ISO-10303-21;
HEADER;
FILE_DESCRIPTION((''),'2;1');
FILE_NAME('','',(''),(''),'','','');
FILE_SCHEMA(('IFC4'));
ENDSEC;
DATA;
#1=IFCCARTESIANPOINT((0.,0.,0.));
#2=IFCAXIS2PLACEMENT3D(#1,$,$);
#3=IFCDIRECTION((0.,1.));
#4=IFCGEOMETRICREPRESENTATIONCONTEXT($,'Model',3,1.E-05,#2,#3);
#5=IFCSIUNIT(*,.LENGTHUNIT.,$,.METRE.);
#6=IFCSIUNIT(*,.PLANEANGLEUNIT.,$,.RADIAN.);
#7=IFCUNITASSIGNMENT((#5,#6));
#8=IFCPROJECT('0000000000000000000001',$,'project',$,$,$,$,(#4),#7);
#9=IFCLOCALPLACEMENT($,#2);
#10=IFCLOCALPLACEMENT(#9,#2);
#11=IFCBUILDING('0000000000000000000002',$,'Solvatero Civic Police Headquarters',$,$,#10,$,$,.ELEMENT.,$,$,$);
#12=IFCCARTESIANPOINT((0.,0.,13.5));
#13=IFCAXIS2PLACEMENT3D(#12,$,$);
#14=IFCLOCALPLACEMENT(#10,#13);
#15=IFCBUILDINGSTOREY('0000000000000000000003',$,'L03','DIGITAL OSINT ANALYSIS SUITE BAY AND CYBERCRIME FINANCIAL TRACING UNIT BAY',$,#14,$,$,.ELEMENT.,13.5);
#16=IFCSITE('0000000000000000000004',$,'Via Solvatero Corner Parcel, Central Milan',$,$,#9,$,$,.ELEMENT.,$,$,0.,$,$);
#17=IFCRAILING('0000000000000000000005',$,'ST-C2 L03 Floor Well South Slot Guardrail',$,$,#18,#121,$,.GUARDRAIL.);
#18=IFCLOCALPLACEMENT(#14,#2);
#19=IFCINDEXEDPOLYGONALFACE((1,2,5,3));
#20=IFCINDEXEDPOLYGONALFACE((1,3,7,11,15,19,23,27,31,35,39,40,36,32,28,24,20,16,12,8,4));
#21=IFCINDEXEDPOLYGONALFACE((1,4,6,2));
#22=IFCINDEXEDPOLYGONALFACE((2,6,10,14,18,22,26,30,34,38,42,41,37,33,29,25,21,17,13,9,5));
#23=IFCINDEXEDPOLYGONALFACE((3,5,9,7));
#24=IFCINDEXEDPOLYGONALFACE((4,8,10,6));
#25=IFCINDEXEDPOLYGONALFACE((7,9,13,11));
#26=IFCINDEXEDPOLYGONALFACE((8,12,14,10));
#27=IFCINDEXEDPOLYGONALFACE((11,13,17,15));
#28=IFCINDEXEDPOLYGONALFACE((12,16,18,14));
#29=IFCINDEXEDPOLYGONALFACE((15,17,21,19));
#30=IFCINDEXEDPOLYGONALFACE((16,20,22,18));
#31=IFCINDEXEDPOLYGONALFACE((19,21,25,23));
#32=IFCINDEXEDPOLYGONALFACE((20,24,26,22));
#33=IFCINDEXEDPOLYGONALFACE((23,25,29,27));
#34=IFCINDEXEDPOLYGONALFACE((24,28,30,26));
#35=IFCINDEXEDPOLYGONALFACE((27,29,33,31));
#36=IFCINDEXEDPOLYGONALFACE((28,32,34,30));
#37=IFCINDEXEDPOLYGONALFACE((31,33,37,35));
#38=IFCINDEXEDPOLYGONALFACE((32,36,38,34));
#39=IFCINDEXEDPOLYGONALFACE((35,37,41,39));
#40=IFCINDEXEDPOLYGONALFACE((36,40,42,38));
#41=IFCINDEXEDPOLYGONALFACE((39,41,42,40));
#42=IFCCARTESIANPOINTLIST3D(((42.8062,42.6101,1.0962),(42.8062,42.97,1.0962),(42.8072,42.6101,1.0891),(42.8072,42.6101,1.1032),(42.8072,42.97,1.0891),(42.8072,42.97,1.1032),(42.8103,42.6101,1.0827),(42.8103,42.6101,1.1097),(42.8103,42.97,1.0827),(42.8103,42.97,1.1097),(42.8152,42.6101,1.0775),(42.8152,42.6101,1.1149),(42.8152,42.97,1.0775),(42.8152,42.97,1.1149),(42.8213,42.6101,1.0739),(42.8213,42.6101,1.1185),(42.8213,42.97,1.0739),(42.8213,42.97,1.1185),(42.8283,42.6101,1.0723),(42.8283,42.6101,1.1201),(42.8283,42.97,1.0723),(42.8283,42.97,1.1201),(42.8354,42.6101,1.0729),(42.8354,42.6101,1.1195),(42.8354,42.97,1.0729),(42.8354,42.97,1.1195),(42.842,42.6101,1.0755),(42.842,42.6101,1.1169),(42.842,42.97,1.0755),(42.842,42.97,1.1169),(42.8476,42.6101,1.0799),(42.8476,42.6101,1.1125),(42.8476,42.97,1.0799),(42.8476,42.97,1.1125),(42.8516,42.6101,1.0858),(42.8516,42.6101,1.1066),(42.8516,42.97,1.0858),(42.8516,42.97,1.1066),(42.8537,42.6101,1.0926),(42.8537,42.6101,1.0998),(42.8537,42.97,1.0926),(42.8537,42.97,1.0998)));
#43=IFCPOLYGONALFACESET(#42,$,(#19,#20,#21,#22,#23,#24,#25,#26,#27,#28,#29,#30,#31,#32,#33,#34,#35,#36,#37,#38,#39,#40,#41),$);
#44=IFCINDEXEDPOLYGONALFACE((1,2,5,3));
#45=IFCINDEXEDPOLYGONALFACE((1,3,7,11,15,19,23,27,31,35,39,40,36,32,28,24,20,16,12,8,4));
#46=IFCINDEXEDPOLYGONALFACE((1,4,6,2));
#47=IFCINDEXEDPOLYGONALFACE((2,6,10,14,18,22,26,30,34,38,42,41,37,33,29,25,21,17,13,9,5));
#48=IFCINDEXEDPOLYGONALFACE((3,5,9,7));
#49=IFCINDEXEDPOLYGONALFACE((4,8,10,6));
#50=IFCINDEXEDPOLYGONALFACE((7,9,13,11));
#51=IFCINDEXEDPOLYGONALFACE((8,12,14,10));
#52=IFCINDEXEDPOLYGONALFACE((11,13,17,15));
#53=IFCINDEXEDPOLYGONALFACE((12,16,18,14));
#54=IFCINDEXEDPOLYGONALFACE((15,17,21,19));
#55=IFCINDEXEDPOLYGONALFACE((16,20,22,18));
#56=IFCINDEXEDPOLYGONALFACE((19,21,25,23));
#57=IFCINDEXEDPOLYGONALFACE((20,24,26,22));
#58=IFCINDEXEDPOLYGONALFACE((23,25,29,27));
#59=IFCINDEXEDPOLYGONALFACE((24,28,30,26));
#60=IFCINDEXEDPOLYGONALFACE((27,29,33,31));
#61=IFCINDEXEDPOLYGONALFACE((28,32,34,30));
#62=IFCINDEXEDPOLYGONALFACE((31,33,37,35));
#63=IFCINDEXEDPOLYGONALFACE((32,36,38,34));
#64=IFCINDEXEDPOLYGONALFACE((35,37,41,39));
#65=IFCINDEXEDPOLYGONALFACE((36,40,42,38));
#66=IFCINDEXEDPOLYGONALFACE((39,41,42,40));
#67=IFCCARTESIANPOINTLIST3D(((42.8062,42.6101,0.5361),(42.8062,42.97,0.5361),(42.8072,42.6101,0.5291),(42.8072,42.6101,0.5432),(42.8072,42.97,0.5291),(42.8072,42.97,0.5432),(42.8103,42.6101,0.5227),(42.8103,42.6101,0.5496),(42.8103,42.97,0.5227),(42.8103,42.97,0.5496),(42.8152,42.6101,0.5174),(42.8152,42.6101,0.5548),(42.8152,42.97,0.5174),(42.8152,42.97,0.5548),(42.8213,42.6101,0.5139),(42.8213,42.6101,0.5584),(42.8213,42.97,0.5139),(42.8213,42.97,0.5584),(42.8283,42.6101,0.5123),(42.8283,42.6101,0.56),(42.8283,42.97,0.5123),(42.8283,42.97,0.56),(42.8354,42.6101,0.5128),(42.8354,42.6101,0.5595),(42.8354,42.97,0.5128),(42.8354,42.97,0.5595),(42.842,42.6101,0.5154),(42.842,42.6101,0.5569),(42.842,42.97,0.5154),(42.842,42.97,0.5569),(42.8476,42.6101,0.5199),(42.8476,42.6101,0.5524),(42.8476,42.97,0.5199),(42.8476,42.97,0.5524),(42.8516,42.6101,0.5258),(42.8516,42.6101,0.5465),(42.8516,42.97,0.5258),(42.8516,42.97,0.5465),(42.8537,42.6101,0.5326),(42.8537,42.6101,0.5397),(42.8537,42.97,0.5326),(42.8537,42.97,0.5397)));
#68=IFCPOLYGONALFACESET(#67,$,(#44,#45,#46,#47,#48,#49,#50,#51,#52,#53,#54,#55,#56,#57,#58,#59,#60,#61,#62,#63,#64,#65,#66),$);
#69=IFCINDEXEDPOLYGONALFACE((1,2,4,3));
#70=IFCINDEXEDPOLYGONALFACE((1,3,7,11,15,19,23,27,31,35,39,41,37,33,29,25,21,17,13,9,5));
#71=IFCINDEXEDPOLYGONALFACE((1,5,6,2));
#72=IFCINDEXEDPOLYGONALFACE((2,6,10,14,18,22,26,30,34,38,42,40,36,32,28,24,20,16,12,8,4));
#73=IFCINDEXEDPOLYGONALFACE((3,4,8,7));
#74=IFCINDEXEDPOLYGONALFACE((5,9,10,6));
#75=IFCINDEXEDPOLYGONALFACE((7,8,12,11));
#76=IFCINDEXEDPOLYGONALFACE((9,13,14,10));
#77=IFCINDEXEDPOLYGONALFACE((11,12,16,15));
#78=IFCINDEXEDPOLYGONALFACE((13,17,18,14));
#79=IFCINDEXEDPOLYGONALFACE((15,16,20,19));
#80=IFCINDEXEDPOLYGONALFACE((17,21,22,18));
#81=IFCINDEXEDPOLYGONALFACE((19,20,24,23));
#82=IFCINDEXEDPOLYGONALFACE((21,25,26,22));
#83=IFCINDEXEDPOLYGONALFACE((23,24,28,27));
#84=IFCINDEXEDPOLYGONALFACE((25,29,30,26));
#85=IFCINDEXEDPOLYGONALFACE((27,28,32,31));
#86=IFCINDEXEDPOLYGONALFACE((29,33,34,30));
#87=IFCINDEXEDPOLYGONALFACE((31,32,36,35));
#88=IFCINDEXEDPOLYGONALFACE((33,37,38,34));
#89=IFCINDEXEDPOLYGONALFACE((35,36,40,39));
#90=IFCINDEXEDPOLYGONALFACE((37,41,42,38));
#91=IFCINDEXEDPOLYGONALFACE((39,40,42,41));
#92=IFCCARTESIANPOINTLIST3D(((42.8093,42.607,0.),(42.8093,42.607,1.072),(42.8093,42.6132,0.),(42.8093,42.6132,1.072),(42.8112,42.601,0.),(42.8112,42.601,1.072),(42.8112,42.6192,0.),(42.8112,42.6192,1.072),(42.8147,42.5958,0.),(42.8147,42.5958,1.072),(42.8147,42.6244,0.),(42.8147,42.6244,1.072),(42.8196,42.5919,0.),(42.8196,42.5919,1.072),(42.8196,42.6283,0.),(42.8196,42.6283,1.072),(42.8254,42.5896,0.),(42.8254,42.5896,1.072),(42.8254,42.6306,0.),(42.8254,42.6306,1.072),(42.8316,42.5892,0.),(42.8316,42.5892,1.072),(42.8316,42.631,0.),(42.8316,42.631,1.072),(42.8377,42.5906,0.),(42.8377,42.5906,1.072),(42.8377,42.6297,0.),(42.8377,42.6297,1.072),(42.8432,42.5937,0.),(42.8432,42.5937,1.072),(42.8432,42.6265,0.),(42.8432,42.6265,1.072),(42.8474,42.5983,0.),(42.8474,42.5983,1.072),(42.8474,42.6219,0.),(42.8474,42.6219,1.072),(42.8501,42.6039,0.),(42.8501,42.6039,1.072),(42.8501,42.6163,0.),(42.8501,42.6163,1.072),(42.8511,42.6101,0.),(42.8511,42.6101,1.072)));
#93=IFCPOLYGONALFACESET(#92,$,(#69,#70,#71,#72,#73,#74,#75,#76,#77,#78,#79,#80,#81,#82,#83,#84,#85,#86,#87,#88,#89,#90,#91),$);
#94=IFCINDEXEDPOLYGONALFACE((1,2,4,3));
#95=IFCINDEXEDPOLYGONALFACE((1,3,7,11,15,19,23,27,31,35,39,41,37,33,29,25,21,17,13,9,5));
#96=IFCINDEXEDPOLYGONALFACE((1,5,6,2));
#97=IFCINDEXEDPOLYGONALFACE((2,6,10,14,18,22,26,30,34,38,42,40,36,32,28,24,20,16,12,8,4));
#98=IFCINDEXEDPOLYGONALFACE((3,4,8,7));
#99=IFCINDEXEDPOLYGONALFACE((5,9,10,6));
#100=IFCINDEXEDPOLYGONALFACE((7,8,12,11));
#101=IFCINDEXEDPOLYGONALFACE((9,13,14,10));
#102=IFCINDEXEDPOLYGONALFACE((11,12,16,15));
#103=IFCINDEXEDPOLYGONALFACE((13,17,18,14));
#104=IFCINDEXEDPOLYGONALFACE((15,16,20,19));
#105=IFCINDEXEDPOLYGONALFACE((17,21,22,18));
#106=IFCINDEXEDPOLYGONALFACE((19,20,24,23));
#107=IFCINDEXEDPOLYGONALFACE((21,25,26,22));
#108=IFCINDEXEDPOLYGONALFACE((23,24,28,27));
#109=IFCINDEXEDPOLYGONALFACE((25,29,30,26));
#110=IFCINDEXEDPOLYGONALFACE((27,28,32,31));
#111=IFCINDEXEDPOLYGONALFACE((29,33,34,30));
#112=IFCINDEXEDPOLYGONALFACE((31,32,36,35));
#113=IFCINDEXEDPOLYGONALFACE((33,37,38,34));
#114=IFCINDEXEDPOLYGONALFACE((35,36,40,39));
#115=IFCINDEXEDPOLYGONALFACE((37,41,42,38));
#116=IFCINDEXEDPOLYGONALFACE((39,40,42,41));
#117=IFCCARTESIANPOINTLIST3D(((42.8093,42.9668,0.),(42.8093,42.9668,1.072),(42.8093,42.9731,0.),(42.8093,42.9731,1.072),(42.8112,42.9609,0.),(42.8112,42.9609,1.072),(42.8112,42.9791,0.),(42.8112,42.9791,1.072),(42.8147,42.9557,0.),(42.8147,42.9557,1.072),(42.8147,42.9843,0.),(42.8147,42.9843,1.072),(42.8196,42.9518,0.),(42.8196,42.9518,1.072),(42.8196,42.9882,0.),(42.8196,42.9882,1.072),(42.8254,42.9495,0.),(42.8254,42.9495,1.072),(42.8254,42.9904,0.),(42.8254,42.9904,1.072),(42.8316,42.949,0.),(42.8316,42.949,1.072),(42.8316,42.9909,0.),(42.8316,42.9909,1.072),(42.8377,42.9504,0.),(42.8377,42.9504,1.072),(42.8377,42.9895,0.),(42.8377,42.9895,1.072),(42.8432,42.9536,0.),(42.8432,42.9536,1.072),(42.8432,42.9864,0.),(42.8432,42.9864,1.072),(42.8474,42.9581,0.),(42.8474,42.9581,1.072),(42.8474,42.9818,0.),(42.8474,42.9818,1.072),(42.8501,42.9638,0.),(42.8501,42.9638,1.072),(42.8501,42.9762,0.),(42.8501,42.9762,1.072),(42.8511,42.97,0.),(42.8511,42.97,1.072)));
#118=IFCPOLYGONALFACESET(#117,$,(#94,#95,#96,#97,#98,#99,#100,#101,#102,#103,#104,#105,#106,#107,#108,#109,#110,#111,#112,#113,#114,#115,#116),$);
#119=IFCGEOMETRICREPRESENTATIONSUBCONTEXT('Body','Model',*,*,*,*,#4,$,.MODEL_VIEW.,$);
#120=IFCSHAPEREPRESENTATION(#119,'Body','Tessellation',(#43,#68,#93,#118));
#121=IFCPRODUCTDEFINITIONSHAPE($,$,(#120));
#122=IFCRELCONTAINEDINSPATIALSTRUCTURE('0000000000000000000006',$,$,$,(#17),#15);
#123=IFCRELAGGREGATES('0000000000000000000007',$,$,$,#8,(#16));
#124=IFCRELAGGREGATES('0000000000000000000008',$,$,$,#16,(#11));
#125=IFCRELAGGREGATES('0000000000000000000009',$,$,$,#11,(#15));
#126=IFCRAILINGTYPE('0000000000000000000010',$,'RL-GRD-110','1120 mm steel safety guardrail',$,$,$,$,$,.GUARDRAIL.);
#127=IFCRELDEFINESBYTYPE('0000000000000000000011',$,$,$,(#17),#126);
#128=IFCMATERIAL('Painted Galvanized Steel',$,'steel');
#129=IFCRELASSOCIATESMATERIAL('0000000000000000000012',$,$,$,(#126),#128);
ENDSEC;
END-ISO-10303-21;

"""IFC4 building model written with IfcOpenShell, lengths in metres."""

from ifc_helpers import new_model, si_unit, direction, frame, origin, origin_2d, place, context, subcontext, project, spatial, circle, extrude, material, type_object, element, save


model = new_model("IFC4")

# Units and contexts
model_context = context("Model", 3, precision=1e-05, world=origin(), true_north=direction((0.0, 1.0)))
body_context = subcontext(model_context, "Body", "Model", "MODEL_VIEW")
ifc_project = project(units=[si_unit("LENGTHUNIT", "METRE"), si_unit("PLANEANGLEUNIT", "RADIAN")], contexts=[model_context])

# Site, building, storey
site_placement = place(None, origin())
site = spatial("IfcSite", under=ifc_project, at=site_placement, Name="Via Solvatero Corner Parcel, Central Milan", CompositionType="ELEMENT", RefElevation=0.0)
building_placement = place(site_placement, origin())
building = spatial("IfcBuilding", under=site, at=building_placement, Name="Solvatero Civic Police Headquarters", CompositionType="ELEMENT")
storey_placement = place(building_placement, frame((0.0, 0.0, 13.5)))
storey = spatial("IfcBuildingStorey", under=building, at=storey_placement, Name="L03", Description="DIGITAL OSINT ANALYSIS SUITE BAY AND CYBERCRIME FINANCIAL TRACING UNIT BAY", CompositionType="ELEMENT", Elevation=13.5)

# Railing
ifc_material_1 = material(Name="Painted Galvanized Steel", Category="steel")
railing_type_1 = type_object("IfcRailingType", Name="RL-GRD-110", Description="1120 mm steel safety guardrail", PredefinedType="GUARDRAIL", material=ifc_material_1)
railing_1_placement = place(storey_placement, frame((42.8301, 42.6101, 0.0)))
element("IfcRailing", 1, at=railing_1_placement, inside=storey, type_object=railing_type_1, Name="ST-C2 L03 Floor Well South Slot Guardrail", PredefinedType="GUARDRAIL", context=body_context, shape_type="SweptSolid", body=[
    extrude(circle(Radius=0.0239, at=origin_2d()), frame((0.0, 0.0, 1.0962), z_axis=(0.0, 1.0, 0.0), x_axis=(-1.0, 0.0, 0.0)), (0.0, 0.0, 1.0), 0.3599),
    extrude(circle(Radius=0.0239, at=origin_2d()), frame((0.0, 0.0, 0.5361), z_axis=(0.0, 1.0, 0.0), x_axis=(-1.0, 0.0, 0.0)), (0.0, 0.0, 1.0), 0.3599),
    extrude(circle(Radius=0.021, at=origin_2d()), origin(), (0.0, 0.0, 1.0), 1.072),
    extrude(circle(Radius=0.021, at=origin_2d()), frame((0.0, 0.3599, 0.0)), (0.0, 0.0, 1.0), 1.072),
])

save(model, "model.ifc")
